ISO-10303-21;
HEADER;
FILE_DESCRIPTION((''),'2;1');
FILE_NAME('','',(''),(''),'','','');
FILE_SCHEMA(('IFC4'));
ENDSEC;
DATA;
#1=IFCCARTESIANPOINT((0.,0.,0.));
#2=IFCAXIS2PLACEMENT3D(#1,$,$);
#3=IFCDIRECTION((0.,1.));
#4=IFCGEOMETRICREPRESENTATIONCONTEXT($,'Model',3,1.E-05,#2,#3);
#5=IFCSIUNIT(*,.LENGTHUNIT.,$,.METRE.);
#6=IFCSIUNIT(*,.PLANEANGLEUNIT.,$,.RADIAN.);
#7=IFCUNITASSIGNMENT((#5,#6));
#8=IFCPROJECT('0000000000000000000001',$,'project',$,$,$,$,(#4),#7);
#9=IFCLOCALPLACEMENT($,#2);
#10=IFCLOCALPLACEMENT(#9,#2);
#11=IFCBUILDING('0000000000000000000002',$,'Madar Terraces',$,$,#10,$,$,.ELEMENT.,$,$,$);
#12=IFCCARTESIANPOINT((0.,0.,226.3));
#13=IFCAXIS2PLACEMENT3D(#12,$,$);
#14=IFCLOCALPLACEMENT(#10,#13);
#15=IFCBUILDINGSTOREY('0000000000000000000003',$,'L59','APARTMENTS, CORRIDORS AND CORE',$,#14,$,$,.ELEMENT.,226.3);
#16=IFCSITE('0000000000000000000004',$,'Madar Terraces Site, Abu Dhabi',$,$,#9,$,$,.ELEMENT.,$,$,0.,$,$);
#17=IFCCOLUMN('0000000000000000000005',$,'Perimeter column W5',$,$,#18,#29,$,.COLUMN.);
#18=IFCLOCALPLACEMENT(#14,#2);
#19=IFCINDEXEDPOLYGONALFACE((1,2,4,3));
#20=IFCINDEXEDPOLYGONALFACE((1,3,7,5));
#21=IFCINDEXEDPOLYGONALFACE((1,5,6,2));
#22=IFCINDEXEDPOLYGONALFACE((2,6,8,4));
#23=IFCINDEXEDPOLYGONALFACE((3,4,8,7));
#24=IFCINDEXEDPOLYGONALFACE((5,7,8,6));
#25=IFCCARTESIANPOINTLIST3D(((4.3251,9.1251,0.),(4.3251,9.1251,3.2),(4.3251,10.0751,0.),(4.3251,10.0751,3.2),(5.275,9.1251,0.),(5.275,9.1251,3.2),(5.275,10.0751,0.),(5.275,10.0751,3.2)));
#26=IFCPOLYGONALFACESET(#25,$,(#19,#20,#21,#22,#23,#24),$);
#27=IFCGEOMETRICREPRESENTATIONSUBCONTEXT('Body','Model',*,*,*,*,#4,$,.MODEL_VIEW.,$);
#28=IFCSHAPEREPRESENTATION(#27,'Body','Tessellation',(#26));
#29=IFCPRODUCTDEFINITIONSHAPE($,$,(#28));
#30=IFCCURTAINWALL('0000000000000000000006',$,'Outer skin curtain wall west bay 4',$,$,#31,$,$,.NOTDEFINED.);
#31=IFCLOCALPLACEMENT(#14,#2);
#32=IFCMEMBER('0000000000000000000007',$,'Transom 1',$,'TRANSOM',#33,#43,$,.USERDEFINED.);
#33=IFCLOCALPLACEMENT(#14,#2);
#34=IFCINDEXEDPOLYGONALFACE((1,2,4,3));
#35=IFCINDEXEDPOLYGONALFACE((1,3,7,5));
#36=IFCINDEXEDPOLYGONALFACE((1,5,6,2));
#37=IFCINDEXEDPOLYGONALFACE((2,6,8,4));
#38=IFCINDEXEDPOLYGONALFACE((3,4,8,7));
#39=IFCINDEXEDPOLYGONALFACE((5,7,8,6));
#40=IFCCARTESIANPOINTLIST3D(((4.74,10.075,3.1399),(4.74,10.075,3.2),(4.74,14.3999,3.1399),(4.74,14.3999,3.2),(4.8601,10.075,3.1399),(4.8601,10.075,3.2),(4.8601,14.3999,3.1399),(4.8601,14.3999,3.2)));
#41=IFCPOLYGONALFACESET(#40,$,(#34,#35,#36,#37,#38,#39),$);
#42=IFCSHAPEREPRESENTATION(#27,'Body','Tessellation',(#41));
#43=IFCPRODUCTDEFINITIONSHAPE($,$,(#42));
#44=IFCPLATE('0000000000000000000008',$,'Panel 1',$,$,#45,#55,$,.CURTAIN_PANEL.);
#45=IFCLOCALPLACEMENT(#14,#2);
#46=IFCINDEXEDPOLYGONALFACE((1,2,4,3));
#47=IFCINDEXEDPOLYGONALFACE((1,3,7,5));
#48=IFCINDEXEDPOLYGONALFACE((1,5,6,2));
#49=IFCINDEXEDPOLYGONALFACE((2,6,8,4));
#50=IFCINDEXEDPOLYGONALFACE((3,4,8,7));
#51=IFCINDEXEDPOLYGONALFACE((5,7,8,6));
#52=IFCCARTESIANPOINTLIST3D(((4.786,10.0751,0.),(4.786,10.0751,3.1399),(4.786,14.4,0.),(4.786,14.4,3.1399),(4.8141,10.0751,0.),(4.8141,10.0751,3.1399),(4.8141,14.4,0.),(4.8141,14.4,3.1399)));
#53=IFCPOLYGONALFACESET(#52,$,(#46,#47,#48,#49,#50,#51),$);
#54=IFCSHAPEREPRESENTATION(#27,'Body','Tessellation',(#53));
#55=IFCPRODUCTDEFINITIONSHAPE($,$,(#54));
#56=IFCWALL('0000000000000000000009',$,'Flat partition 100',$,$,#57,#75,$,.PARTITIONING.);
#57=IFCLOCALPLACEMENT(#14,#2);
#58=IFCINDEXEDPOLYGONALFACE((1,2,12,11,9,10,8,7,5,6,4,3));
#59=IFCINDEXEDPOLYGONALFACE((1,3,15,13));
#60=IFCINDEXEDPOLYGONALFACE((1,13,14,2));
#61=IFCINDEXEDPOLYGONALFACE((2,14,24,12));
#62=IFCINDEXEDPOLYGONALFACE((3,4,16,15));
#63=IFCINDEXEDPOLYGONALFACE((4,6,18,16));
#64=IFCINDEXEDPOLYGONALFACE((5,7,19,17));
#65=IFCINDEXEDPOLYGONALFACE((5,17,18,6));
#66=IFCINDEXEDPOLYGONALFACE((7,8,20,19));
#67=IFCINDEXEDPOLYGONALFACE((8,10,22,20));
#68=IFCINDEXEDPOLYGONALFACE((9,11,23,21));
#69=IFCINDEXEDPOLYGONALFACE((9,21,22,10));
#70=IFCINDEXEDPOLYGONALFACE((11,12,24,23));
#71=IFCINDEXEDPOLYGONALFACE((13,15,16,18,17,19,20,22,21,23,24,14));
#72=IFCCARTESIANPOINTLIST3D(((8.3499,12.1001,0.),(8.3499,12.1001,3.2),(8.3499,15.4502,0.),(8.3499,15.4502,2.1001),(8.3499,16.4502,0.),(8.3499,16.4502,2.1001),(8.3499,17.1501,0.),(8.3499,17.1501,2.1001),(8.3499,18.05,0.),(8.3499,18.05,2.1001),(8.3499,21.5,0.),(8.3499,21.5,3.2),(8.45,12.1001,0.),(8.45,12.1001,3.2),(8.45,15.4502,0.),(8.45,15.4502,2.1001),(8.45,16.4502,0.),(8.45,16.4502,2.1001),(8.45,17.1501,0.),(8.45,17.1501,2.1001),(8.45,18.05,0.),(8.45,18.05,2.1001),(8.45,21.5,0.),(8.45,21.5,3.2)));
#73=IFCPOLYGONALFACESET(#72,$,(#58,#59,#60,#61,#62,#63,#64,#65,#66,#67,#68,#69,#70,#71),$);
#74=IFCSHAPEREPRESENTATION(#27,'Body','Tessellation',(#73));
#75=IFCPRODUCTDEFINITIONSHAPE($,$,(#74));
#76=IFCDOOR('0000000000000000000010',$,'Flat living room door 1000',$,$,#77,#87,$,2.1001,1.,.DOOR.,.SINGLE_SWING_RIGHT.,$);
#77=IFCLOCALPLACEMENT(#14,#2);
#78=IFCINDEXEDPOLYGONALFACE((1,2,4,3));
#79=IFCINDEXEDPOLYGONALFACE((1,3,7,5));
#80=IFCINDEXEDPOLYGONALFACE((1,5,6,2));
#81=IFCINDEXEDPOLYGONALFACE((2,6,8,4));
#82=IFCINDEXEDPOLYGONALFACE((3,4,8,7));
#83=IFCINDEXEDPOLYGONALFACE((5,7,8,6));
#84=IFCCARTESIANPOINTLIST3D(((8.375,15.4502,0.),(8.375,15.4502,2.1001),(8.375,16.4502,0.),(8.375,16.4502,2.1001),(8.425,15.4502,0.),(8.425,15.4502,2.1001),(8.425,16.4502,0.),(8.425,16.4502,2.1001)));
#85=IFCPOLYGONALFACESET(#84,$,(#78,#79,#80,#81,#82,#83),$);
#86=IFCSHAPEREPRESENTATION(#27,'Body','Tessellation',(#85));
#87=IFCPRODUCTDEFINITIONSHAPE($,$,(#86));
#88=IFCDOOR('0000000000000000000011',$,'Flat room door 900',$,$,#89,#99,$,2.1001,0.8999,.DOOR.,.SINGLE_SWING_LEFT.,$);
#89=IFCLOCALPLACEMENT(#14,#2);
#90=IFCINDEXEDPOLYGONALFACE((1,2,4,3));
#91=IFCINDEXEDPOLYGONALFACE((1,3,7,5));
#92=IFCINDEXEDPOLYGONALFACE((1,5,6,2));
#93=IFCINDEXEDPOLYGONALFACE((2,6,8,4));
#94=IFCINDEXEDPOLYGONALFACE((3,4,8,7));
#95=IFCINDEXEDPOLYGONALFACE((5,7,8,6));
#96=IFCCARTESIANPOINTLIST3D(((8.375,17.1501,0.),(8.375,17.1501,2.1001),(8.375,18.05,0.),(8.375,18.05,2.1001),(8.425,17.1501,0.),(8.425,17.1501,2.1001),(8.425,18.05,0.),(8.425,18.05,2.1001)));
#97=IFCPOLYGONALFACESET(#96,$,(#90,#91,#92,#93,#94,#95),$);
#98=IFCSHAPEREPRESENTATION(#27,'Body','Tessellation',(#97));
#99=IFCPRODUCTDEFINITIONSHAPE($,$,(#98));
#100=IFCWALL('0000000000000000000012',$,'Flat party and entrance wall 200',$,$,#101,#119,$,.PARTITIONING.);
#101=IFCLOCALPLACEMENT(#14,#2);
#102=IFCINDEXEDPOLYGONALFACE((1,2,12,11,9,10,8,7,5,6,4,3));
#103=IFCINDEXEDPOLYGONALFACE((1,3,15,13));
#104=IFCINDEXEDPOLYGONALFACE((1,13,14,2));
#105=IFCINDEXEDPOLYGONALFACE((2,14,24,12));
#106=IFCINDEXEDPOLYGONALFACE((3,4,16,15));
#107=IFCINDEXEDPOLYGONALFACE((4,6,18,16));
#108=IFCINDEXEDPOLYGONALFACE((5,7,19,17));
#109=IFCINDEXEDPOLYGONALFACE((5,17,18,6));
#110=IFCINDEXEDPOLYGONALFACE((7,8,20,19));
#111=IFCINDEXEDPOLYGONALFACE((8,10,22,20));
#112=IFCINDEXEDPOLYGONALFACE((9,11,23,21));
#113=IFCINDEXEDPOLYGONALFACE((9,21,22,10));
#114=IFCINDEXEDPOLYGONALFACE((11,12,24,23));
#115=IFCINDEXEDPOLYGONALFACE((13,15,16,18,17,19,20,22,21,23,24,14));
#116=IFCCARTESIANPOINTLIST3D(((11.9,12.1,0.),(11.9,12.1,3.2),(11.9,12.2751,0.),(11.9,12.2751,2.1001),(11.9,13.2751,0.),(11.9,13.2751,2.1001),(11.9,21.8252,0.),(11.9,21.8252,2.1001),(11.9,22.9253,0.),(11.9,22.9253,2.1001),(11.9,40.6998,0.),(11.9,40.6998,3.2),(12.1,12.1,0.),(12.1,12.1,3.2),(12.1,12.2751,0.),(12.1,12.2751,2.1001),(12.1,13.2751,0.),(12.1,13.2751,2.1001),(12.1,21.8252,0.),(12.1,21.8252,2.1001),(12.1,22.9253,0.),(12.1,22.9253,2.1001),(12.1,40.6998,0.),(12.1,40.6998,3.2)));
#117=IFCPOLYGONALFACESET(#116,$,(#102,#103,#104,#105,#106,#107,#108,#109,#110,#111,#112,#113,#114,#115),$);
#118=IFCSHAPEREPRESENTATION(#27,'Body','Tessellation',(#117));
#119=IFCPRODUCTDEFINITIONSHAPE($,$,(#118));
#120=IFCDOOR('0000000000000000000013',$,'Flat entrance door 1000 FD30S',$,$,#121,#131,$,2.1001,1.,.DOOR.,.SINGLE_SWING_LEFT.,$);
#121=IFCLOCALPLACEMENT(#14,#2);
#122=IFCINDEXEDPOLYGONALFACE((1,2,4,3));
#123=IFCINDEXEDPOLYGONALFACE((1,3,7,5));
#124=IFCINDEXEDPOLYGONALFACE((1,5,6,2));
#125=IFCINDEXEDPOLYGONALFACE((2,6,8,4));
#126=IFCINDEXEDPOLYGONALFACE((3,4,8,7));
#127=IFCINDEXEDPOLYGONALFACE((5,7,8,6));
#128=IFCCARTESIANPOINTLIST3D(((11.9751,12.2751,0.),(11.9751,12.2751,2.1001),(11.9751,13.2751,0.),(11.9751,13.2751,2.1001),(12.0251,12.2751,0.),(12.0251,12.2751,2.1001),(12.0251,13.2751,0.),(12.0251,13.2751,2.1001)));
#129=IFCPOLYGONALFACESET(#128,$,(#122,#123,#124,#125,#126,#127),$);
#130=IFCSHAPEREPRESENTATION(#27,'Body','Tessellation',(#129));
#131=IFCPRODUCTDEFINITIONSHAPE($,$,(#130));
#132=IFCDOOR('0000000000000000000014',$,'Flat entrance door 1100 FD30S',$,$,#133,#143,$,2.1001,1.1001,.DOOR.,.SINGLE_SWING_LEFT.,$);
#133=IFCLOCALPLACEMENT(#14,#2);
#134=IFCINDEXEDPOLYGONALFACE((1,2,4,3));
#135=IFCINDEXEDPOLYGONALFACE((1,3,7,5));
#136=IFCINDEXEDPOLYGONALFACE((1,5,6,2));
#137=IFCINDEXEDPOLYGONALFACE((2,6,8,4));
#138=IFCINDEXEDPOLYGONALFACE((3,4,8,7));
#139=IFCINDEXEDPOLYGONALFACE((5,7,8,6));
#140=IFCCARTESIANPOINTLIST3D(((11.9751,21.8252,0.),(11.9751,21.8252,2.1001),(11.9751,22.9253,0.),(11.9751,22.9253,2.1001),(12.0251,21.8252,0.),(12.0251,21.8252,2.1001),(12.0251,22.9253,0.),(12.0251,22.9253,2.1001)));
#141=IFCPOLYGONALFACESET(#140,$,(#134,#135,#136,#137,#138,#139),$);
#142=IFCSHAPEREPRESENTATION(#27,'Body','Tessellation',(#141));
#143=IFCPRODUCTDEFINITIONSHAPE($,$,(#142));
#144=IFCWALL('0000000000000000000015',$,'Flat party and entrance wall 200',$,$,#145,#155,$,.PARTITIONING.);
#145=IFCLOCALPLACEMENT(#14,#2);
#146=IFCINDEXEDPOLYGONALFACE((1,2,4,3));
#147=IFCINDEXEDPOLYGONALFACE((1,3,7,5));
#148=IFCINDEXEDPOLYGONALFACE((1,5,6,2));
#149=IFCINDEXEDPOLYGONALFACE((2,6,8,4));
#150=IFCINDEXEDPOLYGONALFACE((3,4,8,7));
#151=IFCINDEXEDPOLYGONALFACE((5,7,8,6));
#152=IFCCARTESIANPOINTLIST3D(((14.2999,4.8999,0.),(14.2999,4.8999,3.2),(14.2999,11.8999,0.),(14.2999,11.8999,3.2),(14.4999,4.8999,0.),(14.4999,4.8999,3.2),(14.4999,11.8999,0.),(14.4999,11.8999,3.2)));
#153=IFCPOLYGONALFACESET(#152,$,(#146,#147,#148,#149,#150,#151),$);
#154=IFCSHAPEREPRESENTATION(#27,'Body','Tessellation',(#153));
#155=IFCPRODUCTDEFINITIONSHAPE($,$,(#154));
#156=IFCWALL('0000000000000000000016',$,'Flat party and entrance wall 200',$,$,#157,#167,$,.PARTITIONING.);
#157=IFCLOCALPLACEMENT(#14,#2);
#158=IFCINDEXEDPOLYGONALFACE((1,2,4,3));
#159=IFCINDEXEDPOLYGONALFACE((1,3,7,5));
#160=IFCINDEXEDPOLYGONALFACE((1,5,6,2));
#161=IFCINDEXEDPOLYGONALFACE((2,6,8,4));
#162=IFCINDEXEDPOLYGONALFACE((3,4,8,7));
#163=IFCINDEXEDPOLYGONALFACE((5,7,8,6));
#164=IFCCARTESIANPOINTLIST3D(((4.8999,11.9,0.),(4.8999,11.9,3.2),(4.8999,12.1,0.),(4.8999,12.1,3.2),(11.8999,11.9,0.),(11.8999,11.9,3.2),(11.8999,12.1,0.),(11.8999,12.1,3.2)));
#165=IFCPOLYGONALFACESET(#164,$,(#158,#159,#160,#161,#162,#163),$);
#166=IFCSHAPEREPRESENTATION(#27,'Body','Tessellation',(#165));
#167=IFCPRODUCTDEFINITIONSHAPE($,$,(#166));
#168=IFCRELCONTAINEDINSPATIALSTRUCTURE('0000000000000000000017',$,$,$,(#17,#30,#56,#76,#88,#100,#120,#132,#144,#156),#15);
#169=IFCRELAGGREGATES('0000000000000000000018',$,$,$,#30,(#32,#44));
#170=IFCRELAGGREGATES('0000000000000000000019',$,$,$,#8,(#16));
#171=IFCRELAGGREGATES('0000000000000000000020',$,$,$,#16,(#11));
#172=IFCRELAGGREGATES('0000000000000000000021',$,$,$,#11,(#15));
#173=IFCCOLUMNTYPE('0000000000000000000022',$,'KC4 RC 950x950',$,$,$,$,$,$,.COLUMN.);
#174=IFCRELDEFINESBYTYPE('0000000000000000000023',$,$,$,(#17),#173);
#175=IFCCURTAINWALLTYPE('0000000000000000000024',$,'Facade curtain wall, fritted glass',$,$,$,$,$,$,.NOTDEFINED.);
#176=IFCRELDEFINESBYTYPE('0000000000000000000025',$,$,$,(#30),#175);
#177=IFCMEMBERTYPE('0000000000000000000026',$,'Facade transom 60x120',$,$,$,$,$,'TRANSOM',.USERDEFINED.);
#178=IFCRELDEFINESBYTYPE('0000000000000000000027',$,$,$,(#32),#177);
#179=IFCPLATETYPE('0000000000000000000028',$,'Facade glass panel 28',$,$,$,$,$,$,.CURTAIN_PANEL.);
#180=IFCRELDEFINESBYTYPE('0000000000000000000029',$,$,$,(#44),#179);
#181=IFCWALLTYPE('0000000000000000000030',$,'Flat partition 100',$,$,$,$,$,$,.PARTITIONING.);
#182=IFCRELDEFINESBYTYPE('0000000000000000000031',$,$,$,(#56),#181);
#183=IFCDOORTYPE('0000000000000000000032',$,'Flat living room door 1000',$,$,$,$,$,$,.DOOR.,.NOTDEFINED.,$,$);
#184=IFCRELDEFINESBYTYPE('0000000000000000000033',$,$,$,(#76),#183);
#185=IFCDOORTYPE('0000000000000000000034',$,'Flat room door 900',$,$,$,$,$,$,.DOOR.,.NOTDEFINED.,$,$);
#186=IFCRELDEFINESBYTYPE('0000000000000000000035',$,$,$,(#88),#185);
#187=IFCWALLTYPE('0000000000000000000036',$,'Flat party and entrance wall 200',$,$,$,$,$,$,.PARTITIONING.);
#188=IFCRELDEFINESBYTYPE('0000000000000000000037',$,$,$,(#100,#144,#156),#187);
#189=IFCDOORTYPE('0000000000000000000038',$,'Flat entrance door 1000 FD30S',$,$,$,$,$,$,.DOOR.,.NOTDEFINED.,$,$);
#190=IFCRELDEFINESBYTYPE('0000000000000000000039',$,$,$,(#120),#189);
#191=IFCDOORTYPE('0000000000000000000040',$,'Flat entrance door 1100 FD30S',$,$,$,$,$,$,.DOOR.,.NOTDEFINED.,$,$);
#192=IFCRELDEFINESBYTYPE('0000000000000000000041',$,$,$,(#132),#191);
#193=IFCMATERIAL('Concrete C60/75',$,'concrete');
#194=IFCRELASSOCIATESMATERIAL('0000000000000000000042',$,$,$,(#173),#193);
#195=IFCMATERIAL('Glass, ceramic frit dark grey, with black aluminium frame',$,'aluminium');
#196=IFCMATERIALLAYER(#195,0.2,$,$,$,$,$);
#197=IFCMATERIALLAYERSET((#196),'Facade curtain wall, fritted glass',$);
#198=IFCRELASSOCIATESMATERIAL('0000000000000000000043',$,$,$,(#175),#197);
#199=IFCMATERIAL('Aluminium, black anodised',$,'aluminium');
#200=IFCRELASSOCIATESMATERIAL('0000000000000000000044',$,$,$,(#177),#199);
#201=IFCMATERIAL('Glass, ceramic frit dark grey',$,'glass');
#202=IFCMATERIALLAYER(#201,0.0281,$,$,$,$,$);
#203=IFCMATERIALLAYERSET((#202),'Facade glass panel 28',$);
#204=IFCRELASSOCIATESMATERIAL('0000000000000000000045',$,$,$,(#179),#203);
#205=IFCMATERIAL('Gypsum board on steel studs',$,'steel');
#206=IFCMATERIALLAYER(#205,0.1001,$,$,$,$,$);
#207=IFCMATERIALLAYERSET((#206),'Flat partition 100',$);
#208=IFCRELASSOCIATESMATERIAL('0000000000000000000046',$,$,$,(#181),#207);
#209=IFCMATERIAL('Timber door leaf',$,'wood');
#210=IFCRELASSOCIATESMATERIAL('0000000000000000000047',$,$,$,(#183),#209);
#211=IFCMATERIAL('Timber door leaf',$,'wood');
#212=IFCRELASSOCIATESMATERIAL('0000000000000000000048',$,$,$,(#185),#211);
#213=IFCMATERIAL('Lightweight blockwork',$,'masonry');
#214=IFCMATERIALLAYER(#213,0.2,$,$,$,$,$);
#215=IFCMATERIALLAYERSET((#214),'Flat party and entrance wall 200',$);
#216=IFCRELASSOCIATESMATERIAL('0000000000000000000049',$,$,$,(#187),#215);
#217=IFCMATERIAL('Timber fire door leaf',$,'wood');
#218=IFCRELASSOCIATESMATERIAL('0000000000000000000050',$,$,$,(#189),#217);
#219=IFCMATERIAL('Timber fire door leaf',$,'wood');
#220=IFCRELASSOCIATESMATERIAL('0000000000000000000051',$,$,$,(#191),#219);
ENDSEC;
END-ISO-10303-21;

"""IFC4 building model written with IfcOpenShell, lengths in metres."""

from ifc_helpers import new_model, si_unit, direction, frame, frame_2d, origin, origin_2d, place, context, subcontext, project, spatial, rectangle, extrude, material, layer, layer_set, material_profile, profile_set, type_object, element, fill, aggregate, save


model = new_model("IFC4")

# Units and contexts
model_context = context("Model", 3, precision=1e-05, world=origin(), true_north=direction((0.0, 1.0)))
body_context = subcontext(model_context, "Body", "Model", "MODEL_VIEW")
ifc_project = project(units=[si_unit("LENGTHUNIT", "METRE"), si_unit("PLANEANGLEUNIT", "RADIAN")], contexts=[model_context])

# Site, building, storey
site_placement = place(None, origin())
site = spatial("IfcSite", under=ifc_project, at=site_placement, Name="Madar Terraces Site, Abu Dhabi", CompositionType="ELEMENT", RefElevation=0.0)
building_placement = place(site_placement, origin())
building = spatial("IfcBuilding", under=site, at=building_placement, Name="Madar Terraces", CompositionType="ELEMENT")
storey_placement = place(building_placement, frame((0.0, 0.0, 226.3)))
storey = spatial("IfcBuildingStorey", under=building, at=storey_placement, Name="L59", Description="APARTMENTS, CORRIDORS AND CORE", CompositionType="ELEMENT", Elevation=226.3)

# Column
ifc_material_1 = material(Name="Concrete C60/75", Category="concrete")
ifc_material_profile_1 = material_profile(ifc_material_1, rectangle(XDim=0.95, YDim=0.95, at=origin_2d()), Name="KC4 RC 950x950")
ifc_profile_set_1 = profile_set([ifc_material_profile_1], Name="Concrete C60/75")
column_type = type_object("IfcColumnType", Name="KC4 RC 950x950", PredefinedType="COLUMN", material=ifc_profile_set_1)
column_placement = place(storey_placement, frame((4.8, 9.6001, 0.0), z_axis=(0.0, 0.0, 1.0), x_axis=(1.0, 0.0, 0.0)))
element("IfcColumn", 1, at=column_placement, inside=storey, type_object=column_type, Name="Perimeter column W5", PredefinedType="COLUMN", context=body_context, shape_type="SweptSolid", body=[
    extrude(rectangle(XDim=0.95, YDim=0.95, at=origin_2d()), origin(), (0.0, 0.0, 1.0), 3.2),
])

# Curtain wall, member, plate
ifc_material_2 = material(Name="Glass, ceramic frit dark grey, with black aluminium frame", Category="aluminium")
ifc_layer_1 = layer(ifc_material_2, 0.2)
ifc_layer_set_1 = layer_set([ifc_layer_1], Name="Facade curtain wall, fritted glass")
curtain_wall_type = type_object("IfcCurtainWallType", Name="Facade curtain wall, fritted glass", PredefinedType="NOTDEFINED", material=ifc_layer_set_1)
curtain_wall_placement = place(storey_placement, origin())
curtain_wall = element("IfcCurtainWall", 2, at=curtain_wall_placement, inside=storey, type_object=curtain_wall_type, Name="Outer skin curtain wall west bay 4", PredefinedType="NOTDEFINED")
ifc_material_3 = material(Name="Aluminium, black anodised", Category="aluminium")
ifc_material_profile_2 = material_profile(ifc_material_3, rectangle(XDim=0.1201, YDim=0.0601, at=origin_2d()), Name="Facade transom 60x120")
ifc_profile_set_2 = profile_set([ifc_material_profile_2], Name="Aluminium, black anodised")
member_type = type_object("IfcMemberType", Name="Facade transom 60x120", ElementType="TRANSOM", PredefinedType="USERDEFINED", material=ifc_profile_set_2)
member_placement = place(storey_placement, frame((4.8, 14.3999, 3.1699), z_axis=(0.0, -1.0, 0.0), x_axis=(1.0, 0.0, 0.0)))
member = element("IfcMember", 3, at=member_placement, type_object=member_type, Name="Transom 1", ObjectType="TRANSOM", PredefinedType="USERDEFINED", context=body_context, shape_type="SweptSolid", body=[
    extrude(rectangle(XDim=0.1201, YDim=0.0601, at=origin_2d()), origin(), (0.0, 0.0, 1.0), 4.325),
])
ifc_material_4 = material(Name="Glass, ceramic frit dark grey", Category="glass")
ifc_layer_2 = layer(ifc_material_4, 0.0281)
ifc_layer_set_2 = layer_set([ifc_layer_2], Name="Facade glass panel 28")
plate_type = type_object("IfcPlateType", Name="Facade glass panel 28", PredefinedType="CURTAIN_PANEL", material=ifc_layer_set_2)
plate_placement = place(storey_placement, frame((4.8, 12.2375, 0.0), z_axis=(0.0, 0.0, 1.0), x_axis=(0.0, -1.0, 0.0)))
plate = element("IfcPlate", 4, at=plate_placement, type_object=plate_type, Name="Panel 1", PredefinedType="CURTAIN_PANEL", context=body_context, shape_type="SweptSolid", body=[
    extrude(rectangle(XDim=4.325, YDim=0.0281, at=origin_2d()), origin(), (0.0, 0.0, 1.0), 3.1399),
])
aggregate(curtain_wall, [member, plate])

# Walls, openings, doors
ifc_material_5 = material(Name="Gypsum board on steel studs", Category="steel")
ifc_layer_3 = layer(ifc_material_5, 0.1001)
ifc_layer_set_3 = layer_set([ifc_layer_3], Name="Flat partition 100")
wall_type_1 = type_object("IfcWallType", Name="Flat partition 100", PredefinedType="PARTITIONING", material=ifc_layer_set_3)
wall_1_placement = place(storey_placement, frame((8.3999, 12.1001, 0.0), z_axis=(0.0, 0.0, 1.0), x_axis=(0.0, 1.0, 0.0)))
wall_1 = element("IfcWall", 5, at=wall_1_placement, inside=storey, type_object=wall_type_1, Name="Flat partition 100", PredefinedType="PARTITIONING", context=body_context, shape_type="SweptSolid", body=[
    extrude(rectangle(XDim=9.3999, YDim=0.1001, at=frame_2d((4.7, 0.0))), origin(), (0.0, 0.0, 1.0), 3.2),
])
opening_1_placement = place(wall_1_placement, frame((3.3501, 0.0, 0.0)))
opening_1 = element("IfcOpeningElement", 6, at=opening_1_placement, cuts=wall_1, PredefinedType="OPENING", context=body_context, shape_type="SweptSolid", body=[
    extrude(rectangle(XDim=1.0, YDim=2.1001, at=frame_2d((0.5, 1.05))), frame((0.0, 0.0601, 0.0), z_axis=(0.0, -1.0, 0.0), x_axis=(1.0, 0.0, 0.0)), (0.0, 0.0, 1.0), 0.1201),
])
opening_2_placement = place(wall_1_placement, frame((5.05, 0.0, 0.0)))
opening_2 = element("IfcOpeningElement", 7, at=opening_2_placement, cuts=wall_1, PredefinedType="OPENING", context=body_context, shape_type="SweptSolid", body=[
    extrude(rectangle(XDim=0.8999, YDim=2.1001, at=frame_2d((0.45, 1.05))), frame((0.0, 0.0601, 0.0), z_axis=(0.0, -1.0, 0.0), x_axis=(1.0, 0.0, 0.0)), (0.0, 0.0, 1.0), 0.1201),
])
ifc_material_6 = material(Name="Timber door leaf", Category="wood")
door_type_1 = type_object("IfcDoorType", Name="Flat living room door 1000", OperationType="NOTDEFINED", PredefinedType="DOOR", material=ifc_material_6)
door_1_placement = place(opening_1_placement, origin())
door_1 = element("IfcDoor", 8, at=door_1_placement, inside=storey, type_object=door_type_1, Name="Flat living room door 1000", OperationType="SINGLE_SWING_RIGHT", OverallHeight=2.1001, OverallWidth=1.0, PredefinedType="DOOR", context=body_context, shape_type="SweptSolid", body=[
    extrude(rectangle(XDim=1.0, YDim=2.1001, at=frame_2d((0.5, 1.05))), frame((0.0, 0.0249, 0.0), z_axis=(0.0, -1.0, 0.0), x_axis=(1.0, 0.0, 0.0)), (0.0, 0.0, 1.0), 0.05),
])
fill(opening_1, door_1)
ifc_material_7 = material(Name="Timber door leaf", Category="wood")
door_type_2 = type_object("IfcDoorType", Name="Flat room door 900", OperationType="NOTDEFINED", PredefinedType="DOOR", material=ifc_material_7)
door_2_placement = place(opening_2_placement, origin())
door_2 = element("IfcDoor", 9, at=door_2_placement, inside=storey, type_object=door_type_2, Name="Flat room door 900", OperationType="SINGLE_SWING_LEFT", OverallHeight=2.1001, OverallWidth=0.8999, PredefinedType="DOOR", context=body_context, shape_type="SweptSolid", body=[
    extrude(rectangle(XDim=0.8999, YDim=2.1001, at=frame_2d((0.45, 1.05))), frame((0.0, 0.0249, 0.0), z_axis=(0.0, -1.0, 0.0), x_axis=(1.0, 0.0, 0.0)), (0.0, 0.0, 1.0), 0.05),
])
fill(opening_2, door_2)
ifc_material_8 = material(Name="Lightweight blockwork", Category="masonry")
ifc_layer_4 = layer(ifc_material_8, 0.2)
ifc_layer_set_4 = layer_set([ifc_layer_4], Name="Flat party and entrance wall 200")
wall_type_2 = type_object("IfcWallType", Name="Flat party and entrance wall 200", PredefinedType="PARTITIONING", material=ifc_layer_set_4)
wall_2_placement = place(storey_placement, frame((12.0, 12.1001, 0.0), z_axis=(0.0, 0.0, 1.0), x_axis=(0.0, 1.0, 0.0)))
wall_2 = element("IfcWall", 10, at=wall_2_placement, inside=storey, type_object=wall_type_2, Name="Flat party and entrance wall 200", PredefinedType="PARTITIONING", context=body_context, shape_type="SweptSolid", body=[
    extrude(rectangle(XDim=28.5999, YDim=0.2, at=frame_2d((14.2998, 0.0))), origin(), (0.0, 0.0, 1.0), 3.2),
])
opening_3_placement = place(wall_2_placement, frame((9.7251, 0.0, 0.0)))
opening_3 = element("IfcOpeningElement", 11, at=opening_3_placement, cuts=wall_2, PredefinedType="OPENING", context=body_context, shape_type="SweptSolid", body=[
    extrude(rectangle(XDim=1.1001, YDim=2.1001, at=frame_2d((0.55, 1.05))), frame((0.0, 0.1099, 0.0), z_axis=(0.0, -1.0, 0.0), x_axis=(1.0, 0.0, 0.0)), (0.0, 0.0, 1.0), 0.22),
])
opening_4_placement = place(wall_2_placement, frame((0.175, 0.0, 0.0)))
opening_4 = element("IfcOpeningElement", 12, at=opening_4_placement, cuts=wall_2, PredefinedType="OPENING", context=body_context, shape_type="SweptSolid", body=[
    extrude(rectangle(XDim=1.0, YDim=2.1001, at=frame_2d((0.5, 1.05))), frame((0.0, 0.1099, 0.0), z_axis=(0.0, -1.0, 0.0), x_axis=(1.0, 0.0, 0.0)), (0.0, 0.0, 1.0), 0.22),
])
ifc_material_9 = material(Name="Timber fire door leaf", Category="wood")
door_type_3 = type_object("IfcDoorType", Name="Flat entrance door 1000 FD30S", OperationType="NOTDEFINED", PredefinedType="DOOR", material=ifc_material_9)
door_3_placement = place(opening_4_placement, origin())
door_3 = element("IfcDoor", 13, at=door_3_placement, inside=storey, type_object=door_type_3, Name="Flat entrance door 1000 FD30S", OperationType="SINGLE_SWING_LEFT", OverallHeight=2.1001, OverallWidth=1.0, PredefinedType="DOOR", context=body_context, shape_type="SweptSolid", body=[
    extrude(rectangle(XDim=1.0, YDim=2.1001, at=frame_2d((0.5, 1.05))), frame((0.0, 0.0249, 0.0), z_axis=(0.0, -1.0, 0.0), x_axis=(1.0, 0.0, 0.0)), (0.0, 0.0, 1.0), 0.05),
])
fill(opening_4, door_3)
ifc_material_10 = material(Name="Timber fire door leaf", Category="wood")
door_type_4 = type_object("IfcDoorType", Name="Flat entrance door 1100 FD30S", OperationType="NOTDEFINED", PredefinedType="DOOR", material=ifc_material_10)
door_4_placement = place(opening_3_placement, origin())
door_4 = element("IfcDoor", 14, at=door_4_placement, inside=storey, type_object=door_type_4, Name="Flat entrance door 1100 FD30S", OperationType="SINGLE_SWING_LEFT", OverallHeight=2.1001, OverallWidth=1.1001, PredefinedType="DOOR", context=body_context, shape_type="SweptSolid", body=[
    extrude(rectangle(XDim=1.1001, YDim=2.1001, at=frame_2d((0.55, 1.05))), frame((0.0, 0.0249, 0.0), z_axis=(0.0, -1.0, 0.0), x_axis=(1.0, 0.0, 0.0)), (0.0, 0.0, 1.0), 0.05),
])
fill(opening_3, door_4)

# Walls
for number, where, z_axis, x_axis, name in (
    (15, (14.3999, 11.8999, 0.0), (0.0, 0.0, 1.0), (0.0, -1.0, 0.0), "Flat party and entrance wall 200"),
    (16, (4.8999, 12.0, 0.0), (0.0, 0.0, 1.0), (1.0, 0.0, 0.0), "Flat party and entrance wall 200"),
):
    element("IfcWall", number, at=place(storey_placement, frame(where, z_axis=z_axis, x_axis=x_axis)), inside=storey, type_object=wall_type_2, Name=name, PredefinedType="PARTITIONING", context=body_context, shape_type="SweptSolid", body=[
        extrude(rectangle(XDim=7.0, YDim=0.2, at=frame_2d((3.5, 0.0))), origin(), (0.0, 0.0, 1.0), 3.2),
    ])

save(model, "model.ifc")
